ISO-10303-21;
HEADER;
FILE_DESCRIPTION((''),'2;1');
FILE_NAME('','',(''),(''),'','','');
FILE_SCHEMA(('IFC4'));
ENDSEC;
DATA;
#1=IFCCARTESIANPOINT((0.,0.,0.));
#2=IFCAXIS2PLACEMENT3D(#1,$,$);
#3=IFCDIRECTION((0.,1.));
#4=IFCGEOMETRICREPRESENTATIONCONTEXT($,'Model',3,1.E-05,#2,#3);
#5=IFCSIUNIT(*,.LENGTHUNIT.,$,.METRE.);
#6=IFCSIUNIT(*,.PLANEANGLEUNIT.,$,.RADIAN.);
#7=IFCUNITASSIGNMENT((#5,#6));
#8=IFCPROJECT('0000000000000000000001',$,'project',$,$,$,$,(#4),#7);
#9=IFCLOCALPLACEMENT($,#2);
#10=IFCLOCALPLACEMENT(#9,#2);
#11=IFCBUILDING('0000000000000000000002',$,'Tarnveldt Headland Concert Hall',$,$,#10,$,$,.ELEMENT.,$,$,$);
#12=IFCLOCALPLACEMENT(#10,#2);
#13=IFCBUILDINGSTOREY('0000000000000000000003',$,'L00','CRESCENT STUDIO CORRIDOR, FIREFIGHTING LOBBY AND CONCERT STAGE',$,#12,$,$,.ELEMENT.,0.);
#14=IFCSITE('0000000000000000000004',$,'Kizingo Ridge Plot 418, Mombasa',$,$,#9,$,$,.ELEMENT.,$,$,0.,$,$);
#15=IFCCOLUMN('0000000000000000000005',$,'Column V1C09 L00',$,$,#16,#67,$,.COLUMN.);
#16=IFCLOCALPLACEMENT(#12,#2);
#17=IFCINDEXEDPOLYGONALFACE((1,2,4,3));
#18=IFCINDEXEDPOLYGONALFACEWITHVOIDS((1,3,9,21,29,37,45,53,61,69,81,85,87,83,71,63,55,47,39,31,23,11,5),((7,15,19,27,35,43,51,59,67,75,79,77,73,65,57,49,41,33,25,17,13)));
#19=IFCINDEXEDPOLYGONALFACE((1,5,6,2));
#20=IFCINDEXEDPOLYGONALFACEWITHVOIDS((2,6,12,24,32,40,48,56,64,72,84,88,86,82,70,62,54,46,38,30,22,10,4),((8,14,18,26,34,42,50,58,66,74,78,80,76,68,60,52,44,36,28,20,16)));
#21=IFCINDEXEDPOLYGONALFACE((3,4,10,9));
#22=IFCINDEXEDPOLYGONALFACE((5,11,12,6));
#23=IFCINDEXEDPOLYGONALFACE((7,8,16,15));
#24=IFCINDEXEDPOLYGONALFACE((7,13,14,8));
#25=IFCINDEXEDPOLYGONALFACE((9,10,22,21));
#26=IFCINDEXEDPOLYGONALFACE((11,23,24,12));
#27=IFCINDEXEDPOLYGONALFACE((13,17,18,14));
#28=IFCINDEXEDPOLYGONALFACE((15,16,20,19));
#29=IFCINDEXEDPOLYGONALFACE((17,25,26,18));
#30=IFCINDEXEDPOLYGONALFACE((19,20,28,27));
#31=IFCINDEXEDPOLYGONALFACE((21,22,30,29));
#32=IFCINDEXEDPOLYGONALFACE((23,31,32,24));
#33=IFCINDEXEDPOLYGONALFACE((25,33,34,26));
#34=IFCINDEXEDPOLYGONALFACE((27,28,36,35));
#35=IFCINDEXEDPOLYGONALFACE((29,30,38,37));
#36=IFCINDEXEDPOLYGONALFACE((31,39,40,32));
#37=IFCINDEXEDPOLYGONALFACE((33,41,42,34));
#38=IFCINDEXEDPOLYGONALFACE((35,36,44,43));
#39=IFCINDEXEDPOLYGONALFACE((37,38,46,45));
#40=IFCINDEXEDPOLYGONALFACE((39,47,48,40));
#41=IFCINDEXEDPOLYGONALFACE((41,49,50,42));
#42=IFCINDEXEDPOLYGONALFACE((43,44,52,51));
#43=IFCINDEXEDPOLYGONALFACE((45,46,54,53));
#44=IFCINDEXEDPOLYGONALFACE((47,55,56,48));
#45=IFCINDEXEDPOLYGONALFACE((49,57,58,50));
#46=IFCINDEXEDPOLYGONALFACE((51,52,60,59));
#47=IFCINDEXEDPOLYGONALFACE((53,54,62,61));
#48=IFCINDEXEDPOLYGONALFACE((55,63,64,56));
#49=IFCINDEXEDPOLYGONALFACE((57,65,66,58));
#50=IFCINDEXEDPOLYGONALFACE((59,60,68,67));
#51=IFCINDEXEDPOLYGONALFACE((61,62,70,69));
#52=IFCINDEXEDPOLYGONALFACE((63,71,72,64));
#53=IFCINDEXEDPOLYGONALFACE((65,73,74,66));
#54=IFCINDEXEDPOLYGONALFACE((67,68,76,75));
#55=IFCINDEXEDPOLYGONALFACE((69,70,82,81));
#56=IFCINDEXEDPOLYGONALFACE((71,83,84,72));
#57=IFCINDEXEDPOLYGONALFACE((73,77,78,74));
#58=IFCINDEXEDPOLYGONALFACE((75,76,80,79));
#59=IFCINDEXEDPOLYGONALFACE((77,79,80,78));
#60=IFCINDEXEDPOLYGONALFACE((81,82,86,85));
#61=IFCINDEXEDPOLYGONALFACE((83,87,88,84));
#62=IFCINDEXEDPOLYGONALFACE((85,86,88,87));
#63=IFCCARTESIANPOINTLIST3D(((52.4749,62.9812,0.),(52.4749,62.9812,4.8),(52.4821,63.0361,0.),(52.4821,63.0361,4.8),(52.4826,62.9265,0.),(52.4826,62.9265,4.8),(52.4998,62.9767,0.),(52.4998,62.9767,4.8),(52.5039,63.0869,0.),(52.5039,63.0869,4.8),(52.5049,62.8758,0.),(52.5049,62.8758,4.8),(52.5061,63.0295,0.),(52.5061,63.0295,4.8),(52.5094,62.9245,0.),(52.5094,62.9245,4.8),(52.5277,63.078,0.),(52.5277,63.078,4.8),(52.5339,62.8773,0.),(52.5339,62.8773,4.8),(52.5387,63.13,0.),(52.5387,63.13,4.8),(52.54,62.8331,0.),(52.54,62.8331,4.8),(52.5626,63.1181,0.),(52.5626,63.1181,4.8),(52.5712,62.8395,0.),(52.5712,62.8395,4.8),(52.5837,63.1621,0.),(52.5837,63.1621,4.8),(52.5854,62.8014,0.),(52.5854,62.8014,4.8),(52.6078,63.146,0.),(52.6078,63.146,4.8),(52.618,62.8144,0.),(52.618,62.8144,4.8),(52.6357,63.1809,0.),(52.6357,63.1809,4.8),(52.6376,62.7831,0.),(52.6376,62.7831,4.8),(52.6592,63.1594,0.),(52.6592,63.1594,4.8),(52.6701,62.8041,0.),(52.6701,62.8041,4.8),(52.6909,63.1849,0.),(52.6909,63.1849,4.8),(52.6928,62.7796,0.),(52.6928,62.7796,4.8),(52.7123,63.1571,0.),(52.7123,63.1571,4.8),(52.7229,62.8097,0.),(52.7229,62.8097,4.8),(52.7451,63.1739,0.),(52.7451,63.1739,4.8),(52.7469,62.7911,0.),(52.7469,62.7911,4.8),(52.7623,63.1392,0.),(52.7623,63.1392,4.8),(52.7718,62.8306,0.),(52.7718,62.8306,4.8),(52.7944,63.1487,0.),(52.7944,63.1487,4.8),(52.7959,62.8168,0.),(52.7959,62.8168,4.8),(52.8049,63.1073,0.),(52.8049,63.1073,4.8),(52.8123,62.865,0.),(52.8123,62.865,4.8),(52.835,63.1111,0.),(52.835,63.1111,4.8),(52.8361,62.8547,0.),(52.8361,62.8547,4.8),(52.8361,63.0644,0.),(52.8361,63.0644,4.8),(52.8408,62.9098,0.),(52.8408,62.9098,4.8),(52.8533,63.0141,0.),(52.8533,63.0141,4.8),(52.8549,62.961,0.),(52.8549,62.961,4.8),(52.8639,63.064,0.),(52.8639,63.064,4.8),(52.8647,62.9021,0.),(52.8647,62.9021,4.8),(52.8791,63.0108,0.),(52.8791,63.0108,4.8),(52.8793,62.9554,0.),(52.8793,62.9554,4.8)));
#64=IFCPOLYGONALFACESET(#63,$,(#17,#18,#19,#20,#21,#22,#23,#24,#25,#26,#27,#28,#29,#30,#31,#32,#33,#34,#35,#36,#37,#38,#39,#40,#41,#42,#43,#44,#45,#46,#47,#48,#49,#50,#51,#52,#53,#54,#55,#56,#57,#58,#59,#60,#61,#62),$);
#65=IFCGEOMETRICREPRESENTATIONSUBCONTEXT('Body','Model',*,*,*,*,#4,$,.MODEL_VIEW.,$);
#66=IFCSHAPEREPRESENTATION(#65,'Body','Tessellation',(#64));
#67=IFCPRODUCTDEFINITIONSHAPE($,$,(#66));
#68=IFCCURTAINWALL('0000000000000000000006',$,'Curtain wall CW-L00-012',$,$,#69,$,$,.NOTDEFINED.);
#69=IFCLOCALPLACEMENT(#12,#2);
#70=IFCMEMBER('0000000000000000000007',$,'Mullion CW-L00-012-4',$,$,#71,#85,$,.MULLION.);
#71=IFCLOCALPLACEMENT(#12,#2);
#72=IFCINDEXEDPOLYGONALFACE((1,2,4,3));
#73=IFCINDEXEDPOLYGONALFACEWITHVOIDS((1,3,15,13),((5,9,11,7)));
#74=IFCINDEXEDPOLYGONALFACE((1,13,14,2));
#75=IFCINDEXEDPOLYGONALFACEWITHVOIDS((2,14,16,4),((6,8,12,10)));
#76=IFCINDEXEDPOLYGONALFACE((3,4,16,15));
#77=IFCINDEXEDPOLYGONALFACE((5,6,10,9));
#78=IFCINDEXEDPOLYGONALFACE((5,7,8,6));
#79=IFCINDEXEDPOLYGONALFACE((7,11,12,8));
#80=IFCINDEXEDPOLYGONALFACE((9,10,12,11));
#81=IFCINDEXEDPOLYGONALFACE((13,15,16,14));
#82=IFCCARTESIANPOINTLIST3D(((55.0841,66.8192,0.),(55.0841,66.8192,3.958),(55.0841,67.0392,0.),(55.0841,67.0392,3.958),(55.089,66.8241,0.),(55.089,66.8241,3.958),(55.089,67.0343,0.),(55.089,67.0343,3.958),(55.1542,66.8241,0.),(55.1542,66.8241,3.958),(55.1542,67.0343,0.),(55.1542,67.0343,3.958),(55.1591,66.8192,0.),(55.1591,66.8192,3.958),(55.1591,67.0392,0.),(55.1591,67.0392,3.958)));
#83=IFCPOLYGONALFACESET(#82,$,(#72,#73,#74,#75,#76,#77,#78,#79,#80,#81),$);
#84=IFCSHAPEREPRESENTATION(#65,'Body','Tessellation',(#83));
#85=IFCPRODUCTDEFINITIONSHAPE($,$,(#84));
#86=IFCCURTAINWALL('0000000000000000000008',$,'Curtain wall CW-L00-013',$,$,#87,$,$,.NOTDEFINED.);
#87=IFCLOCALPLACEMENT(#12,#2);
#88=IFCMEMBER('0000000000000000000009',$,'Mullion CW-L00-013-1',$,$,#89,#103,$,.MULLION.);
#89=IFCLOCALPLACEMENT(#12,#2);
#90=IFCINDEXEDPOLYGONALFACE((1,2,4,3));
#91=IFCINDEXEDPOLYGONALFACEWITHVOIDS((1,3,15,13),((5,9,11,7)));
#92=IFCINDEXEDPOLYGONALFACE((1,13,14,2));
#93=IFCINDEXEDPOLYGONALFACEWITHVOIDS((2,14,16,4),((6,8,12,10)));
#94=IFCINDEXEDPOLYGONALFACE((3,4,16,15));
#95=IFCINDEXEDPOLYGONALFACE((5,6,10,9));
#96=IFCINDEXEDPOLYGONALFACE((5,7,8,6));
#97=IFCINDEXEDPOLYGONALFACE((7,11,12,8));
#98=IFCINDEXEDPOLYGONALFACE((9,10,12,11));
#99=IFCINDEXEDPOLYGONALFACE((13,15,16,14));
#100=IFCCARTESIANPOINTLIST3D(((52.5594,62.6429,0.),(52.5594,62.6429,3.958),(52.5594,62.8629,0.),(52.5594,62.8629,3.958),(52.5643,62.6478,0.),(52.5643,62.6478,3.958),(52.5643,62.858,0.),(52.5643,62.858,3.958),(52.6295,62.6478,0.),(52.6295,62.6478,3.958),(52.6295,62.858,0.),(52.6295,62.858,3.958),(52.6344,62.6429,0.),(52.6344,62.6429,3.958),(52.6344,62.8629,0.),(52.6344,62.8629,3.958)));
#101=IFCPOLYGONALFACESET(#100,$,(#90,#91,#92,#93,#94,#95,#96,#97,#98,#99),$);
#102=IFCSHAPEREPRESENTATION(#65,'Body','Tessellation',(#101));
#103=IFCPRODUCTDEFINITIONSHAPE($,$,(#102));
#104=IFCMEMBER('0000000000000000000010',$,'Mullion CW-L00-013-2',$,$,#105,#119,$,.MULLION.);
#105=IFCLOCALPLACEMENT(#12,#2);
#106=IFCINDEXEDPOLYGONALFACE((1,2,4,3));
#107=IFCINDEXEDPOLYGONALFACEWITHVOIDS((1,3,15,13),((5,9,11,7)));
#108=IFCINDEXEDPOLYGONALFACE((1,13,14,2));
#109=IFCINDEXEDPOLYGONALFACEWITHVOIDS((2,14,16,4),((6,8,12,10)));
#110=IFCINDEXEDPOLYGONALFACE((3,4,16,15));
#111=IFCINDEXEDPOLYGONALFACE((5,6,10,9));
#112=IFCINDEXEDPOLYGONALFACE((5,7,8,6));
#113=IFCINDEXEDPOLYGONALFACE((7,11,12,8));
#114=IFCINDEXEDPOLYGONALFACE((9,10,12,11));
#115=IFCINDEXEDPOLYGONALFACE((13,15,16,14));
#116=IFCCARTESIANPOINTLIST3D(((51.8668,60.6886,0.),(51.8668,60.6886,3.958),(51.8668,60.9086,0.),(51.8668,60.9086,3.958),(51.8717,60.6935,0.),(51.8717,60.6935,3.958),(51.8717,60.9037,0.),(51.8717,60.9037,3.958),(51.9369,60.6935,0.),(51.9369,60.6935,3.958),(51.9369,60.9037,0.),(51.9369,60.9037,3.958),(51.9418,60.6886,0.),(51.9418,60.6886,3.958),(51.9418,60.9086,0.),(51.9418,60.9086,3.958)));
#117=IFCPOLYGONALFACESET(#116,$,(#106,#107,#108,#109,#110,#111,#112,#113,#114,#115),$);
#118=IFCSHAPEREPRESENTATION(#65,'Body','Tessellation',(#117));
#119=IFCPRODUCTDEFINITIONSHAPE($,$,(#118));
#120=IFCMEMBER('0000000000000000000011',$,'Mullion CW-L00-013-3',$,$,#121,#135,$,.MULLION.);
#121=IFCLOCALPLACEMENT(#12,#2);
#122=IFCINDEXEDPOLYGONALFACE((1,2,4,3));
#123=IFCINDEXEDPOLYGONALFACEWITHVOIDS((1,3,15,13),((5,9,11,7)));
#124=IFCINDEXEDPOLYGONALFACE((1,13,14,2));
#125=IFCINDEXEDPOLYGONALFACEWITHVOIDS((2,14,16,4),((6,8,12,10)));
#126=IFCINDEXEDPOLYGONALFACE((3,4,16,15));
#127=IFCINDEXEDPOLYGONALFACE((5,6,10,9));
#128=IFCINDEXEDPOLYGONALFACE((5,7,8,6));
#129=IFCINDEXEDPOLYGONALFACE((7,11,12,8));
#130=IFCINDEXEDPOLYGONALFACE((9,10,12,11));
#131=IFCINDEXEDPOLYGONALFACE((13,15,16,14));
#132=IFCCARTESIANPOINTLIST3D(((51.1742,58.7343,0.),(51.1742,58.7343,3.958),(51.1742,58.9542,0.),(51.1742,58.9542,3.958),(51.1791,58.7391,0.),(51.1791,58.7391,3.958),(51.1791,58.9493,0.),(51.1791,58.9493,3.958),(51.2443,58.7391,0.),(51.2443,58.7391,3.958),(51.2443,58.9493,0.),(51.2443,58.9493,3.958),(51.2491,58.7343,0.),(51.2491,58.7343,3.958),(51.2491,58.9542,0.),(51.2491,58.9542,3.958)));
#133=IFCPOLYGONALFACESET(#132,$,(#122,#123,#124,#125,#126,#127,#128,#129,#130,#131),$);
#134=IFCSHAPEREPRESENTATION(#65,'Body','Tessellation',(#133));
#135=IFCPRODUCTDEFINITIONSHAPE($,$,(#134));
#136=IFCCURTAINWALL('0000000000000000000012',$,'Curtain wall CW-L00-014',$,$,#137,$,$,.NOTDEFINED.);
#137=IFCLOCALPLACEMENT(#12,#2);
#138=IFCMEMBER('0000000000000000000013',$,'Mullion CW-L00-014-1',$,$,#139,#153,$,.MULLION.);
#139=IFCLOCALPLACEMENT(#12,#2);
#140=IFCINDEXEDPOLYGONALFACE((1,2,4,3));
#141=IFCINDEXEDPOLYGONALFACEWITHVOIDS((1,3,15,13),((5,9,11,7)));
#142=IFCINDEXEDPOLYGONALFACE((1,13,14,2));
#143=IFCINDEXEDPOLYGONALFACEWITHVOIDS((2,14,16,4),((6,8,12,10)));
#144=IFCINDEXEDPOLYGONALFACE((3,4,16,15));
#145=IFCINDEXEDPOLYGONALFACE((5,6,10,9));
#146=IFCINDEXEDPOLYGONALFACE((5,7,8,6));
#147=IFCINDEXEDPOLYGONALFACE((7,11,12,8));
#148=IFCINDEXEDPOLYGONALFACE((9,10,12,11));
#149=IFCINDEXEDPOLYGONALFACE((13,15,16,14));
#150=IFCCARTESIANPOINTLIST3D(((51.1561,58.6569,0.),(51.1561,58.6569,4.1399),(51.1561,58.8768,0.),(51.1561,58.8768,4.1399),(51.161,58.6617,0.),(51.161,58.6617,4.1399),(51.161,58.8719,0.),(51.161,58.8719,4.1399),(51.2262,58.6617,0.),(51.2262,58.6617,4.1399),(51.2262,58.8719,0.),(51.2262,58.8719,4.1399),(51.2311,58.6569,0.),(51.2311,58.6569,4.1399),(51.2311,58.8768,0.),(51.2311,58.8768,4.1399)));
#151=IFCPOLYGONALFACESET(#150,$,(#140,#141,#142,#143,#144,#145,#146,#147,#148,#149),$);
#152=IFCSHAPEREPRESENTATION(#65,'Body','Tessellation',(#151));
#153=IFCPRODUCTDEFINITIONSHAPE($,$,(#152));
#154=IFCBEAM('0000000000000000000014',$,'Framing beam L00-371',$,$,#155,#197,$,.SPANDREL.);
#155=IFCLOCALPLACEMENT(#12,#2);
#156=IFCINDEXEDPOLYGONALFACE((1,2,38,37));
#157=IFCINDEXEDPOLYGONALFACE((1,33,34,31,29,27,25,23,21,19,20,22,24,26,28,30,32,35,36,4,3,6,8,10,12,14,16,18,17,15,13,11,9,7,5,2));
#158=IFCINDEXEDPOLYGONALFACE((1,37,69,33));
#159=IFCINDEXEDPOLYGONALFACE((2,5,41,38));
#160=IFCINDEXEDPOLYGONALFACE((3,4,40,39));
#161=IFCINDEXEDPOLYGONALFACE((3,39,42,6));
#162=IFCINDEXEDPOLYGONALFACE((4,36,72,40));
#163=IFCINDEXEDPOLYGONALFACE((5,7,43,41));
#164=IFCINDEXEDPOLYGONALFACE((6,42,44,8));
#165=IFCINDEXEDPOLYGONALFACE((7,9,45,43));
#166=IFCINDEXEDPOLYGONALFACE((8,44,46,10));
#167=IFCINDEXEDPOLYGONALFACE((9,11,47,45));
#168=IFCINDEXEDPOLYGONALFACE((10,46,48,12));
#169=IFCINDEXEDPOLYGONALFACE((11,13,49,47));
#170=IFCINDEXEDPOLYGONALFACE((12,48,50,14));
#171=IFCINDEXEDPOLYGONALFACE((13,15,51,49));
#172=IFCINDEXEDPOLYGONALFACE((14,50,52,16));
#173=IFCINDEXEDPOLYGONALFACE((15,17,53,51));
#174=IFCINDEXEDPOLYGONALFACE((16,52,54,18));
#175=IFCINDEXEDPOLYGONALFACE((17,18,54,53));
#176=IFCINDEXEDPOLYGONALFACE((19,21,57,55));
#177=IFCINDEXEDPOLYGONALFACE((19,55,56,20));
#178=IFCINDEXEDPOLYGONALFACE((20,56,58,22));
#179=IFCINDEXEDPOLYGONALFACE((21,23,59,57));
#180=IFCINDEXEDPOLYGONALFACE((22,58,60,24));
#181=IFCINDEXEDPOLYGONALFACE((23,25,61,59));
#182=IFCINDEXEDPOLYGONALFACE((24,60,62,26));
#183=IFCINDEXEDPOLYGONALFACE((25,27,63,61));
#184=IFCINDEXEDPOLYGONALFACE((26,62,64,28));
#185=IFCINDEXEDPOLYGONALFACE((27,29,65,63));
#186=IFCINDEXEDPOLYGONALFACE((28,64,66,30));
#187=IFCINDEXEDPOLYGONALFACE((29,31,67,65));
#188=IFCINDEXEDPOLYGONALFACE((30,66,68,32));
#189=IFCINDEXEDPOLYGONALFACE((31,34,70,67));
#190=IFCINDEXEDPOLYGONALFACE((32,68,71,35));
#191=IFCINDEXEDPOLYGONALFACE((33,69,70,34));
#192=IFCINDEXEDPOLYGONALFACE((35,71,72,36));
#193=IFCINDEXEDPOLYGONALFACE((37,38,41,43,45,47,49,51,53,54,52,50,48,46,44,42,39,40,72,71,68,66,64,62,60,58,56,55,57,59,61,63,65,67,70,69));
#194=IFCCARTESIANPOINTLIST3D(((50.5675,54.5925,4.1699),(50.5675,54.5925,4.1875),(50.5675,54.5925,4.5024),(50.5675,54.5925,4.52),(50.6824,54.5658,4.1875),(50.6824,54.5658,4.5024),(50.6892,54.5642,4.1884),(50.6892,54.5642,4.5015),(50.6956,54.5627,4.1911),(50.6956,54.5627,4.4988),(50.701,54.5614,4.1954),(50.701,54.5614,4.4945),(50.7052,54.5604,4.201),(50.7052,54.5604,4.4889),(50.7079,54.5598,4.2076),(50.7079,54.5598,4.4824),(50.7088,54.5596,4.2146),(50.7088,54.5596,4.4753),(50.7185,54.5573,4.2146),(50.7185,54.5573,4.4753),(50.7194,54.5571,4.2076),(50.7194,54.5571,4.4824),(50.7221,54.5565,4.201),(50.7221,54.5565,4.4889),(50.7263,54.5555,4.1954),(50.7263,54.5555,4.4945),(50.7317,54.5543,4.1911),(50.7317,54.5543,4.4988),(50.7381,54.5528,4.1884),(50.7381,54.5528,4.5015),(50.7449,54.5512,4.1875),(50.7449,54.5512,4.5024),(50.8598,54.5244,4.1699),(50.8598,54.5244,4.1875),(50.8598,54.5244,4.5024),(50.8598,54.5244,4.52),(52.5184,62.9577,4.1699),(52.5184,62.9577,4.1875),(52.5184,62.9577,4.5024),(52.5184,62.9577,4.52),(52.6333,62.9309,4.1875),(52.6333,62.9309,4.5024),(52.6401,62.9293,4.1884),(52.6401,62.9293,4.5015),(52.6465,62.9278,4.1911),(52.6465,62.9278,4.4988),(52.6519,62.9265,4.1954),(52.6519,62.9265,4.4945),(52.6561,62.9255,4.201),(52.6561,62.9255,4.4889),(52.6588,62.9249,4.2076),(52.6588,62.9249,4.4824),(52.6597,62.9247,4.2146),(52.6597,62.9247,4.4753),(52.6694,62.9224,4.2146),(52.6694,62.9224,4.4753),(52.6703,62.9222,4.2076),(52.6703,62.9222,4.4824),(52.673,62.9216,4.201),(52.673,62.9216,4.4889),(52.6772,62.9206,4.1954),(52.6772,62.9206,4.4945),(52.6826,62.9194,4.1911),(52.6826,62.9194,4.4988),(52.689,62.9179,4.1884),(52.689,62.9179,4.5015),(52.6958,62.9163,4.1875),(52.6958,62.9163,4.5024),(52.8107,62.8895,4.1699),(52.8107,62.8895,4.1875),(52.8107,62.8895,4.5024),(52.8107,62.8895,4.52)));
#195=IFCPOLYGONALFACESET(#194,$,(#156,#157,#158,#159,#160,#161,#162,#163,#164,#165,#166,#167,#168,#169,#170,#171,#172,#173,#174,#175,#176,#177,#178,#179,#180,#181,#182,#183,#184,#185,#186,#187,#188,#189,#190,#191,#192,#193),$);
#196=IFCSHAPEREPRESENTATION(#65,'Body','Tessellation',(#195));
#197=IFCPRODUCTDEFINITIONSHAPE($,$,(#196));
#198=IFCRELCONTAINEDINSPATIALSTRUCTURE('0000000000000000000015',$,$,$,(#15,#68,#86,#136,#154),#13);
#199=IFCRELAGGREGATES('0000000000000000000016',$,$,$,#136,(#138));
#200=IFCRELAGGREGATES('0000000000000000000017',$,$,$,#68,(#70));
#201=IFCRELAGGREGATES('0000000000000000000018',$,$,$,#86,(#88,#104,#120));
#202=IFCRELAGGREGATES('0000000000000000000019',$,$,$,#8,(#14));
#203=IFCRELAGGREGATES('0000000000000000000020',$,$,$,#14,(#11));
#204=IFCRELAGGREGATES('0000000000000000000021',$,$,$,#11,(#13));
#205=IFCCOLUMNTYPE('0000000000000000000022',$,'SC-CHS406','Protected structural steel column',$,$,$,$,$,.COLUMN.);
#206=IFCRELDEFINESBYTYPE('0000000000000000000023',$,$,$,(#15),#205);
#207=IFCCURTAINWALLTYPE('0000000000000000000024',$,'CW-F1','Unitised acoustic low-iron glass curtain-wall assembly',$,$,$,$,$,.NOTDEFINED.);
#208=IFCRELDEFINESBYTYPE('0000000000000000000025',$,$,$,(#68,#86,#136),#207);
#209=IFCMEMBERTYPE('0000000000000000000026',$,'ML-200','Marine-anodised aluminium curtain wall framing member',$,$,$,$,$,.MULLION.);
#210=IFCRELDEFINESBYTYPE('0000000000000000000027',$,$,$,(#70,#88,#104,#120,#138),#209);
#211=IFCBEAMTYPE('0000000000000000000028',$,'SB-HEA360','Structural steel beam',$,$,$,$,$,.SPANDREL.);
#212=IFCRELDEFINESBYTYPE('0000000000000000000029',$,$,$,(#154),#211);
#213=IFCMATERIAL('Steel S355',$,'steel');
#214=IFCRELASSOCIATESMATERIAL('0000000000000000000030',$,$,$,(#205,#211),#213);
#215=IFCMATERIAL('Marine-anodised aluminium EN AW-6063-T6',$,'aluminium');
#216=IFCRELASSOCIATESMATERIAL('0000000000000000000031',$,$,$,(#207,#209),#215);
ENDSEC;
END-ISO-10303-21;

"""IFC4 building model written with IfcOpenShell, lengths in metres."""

from ifc_helpers import new_model, si_unit, direction, frame, origin, origin_2d, place, context, subcontext, project, spatial, hollow_rectangle, hollow_circle, i_section, extrude, material, material_profile, profile_set, type_object, element, aggregate, save


model = new_model("IFC4")

# Units and contexts
model_context = context("Model", 3, precision=1e-05, world=origin(), true_north=direction((0.0, 1.0)))
body_context = subcontext(model_context, "Body", "Model", "MODEL_VIEW")
ifc_project = project(units=[si_unit("LENGTHUNIT", "METRE"), si_unit("PLANEANGLEUNIT", "RADIAN")], contexts=[model_context])

# Site, building, storey
site_placement = place(None, origin())
site = spatial("IfcSite", under=ifc_project, at=site_placement, Name="Kizingo Ridge Plot 418, Mombasa", CompositionType="ELEMENT", RefElevation=0.0)
building_placement = place(site_placement, origin())
building = spatial("IfcBuilding", under=site, at=building_placement, Name="Tarnveldt Headland Concert Hall", CompositionType="ELEMENT")
storey_placement = place(building_placement, origin())
storey = spatial("IfcBuildingStorey", under=building, at=storey_placement, Name="L00", Description="CRESCENT STUDIO CORRIDOR, FIREFIGHTING LOBBY AND CONCERT STAGE", CompositionType="ELEMENT", Elevation=0.0)

# Column
ifc_material_1 = material(Name="Steel S355", Category="steel")
ifc_material_profile_1 = material_profile(ifc_material_1, hollow_circle(Radius=0.2031, WallThickness=0.0249, at=origin_2d()), Name="CHS 406.4x25", Category="steel")
ifc_profile_set_1 = profile_set([ifc_material_profile_1], Name="Steel S355")
column_type = type_object("IfcColumnType", Name="SC-CHS406", Description="Protected structural steel column", PredefinedType="COLUMN", material=ifc_profile_set_1)
column_placement = place(storey_placement, frame((52.678, 62.9822, 0.0), z_axis=(0.0, 0.0, 1.0), x_axis=(-0.964142, 0.265388, 0.0)))
element("IfcColumn", 1, at=column_placement, inside=storey, type_object=column_type, Name="Column V1C09 L00", PredefinedType="COLUMN", context=body_context, shape_type="SweptSolid", body=[
    extrude(hollow_circle(Radius=0.2031, WallThickness=0.0249, at=origin_2d()), origin(), (0.0, 0.0, 1.0), 4.8),
])

# Curtain wall, member
ifc_material_2 = material(Name="Marine-anodised aluminium EN AW-6063-T6", Category="aluminium")
curtain_wall_type = type_object("IfcCurtainWallType", Name="CW-F1", Description="Unitised acoustic low-iron glass curtain-wall assembly", PredefinedType="NOTDEFINED", material=ifc_material_2)
curtain_wall_1_placement = place(storey_placement, origin())
curtain_wall_1 = element("IfcCurtainWall", 2, at=curtain_wall_1_placement, inside=storey, type_object=curtain_wall_type, Name="Curtain wall CW-L00-012", PredefinedType="NOTDEFINED")
ifc_material_profile_2 = material_profile(ifc_material_2, hollow_rectangle(XDim=0.075, YDim=0.22, WallThickness=0.0049, at=origin_2d()), Name="ALU MULLION 75x220x5", Category="aluminium")
ifc_profile_set_2 = profile_set([ifc_material_profile_2], Name="Marine-anodised aluminium EN AW-6063-T6")
member_type_1 = type_object("IfcMemberType", Name="ML-200", Description="Marine-anodised aluminium curtain wall framing member", PredefinedType="MULLION", material=ifc_profile_set_2)
member_1_placement = place(storey_placement, frame((55.1216, 66.9292, 0.0), z_axis=(0.0, 0.0, 1.0), x_axis=(1.0, 0.0, 0.0)))
member_1 = element("IfcMember", 3, at=member_1_placement, type_object=member_type_1, Name="Mullion CW-L00-012-4", PredefinedType="MULLION", context=body_context, shape_type="SweptSolid", body=[
    extrude(hollow_rectangle(XDim=0.075, YDim=0.22, WallThickness=0.0049, at=origin_2d()), origin(), (0.0, 0.0, 1.0), 3.958),
])

# Curtain wall, members
curtain_wall_2_placement = place(storey_placement, origin())
curtain_wall_2 = element("IfcCurtainWall", 4, at=curtain_wall_2_placement, inside=storey, type_object=curtain_wall_type, Name="Curtain wall CW-L00-013", PredefinedType="NOTDEFINED")
member_2_placement = place(storey_placement, frame((52.5969, 62.7529, 0.0), z_axis=(0.0, 0.0, 1.0), x_axis=(1.0, 0.0, 0.0)))
member_2 = element("IfcMember", 5, at=member_2_placement, type_object=member_type_1, Name="Mullion CW-L00-013-1", PredefinedType="MULLION", context=body_context, shape_type="SweptSolid", body=[
    extrude(hollow_rectangle(XDim=0.075, YDim=0.22, WallThickness=0.0049, at=origin_2d()), origin(), (0.0, 0.0, 1.0), 3.958),
])
member_3_placement = place(storey_placement, frame((51.9043, 60.7986, 0.0), z_axis=(0.0, 0.0, 1.0), x_axis=(1.0, 0.0, 0.0)))
member_3 = element("IfcMember", 6, at=member_3_placement, type_object=member_type_1, Name="Mullion CW-L00-013-2", PredefinedType="MULLION", context=body_context, shape_type="SweptSolid", body=[
    extrude(hollow_rectangle(XDim=0.075, YDim=0.22, WallThickness=0.0049, at=origin_2d()), origin(), (0.0, 0.0, 1.0), 3.958),
])
member_4_placement = place(storey_placement, frame((51.2117, 58.8442, 0.0), z_axis=(0.0, 0.0, 1.0), x_axis=(1.0, 0.0, 0.0)))
member_4 = element("IfcMember", 7, at=member_4_placement, type_object=member_type_1, Name="Mullion CW-L00-013-3", PredefinedType="MULLION", context=body_context, shape_type="SweptSolid", body=[
    extrude(hollow_rectangle(XDim=0.075, YDim=0.22, WallThickness=0.0049, at=origin_2d()), origin(), (0.0, 0.0, 1.0), 3.958),
])

# Curtain wall, member
curtain_wall_3_placement = place(storey_placement, origin())
curtain_wall_3 = element("IfcCurtainWall", 8, at=curtain_wall_3_placement, inside=storey, type_object=curtain_wall_type, Name="Curtain wall CW-L00-014", PredefinedType="NOTDEFINED")
member_5_placement = place(storey_placement, frame((51.1936, 58.7668, 0.0), z_axis=(0.0, 0.0, 1.0), x_axis=(1.0, 0.0, 0.0)))
member_5 = element("IfcMember", 9, at=member_5_placement, type_object=member_type_1, Name="Mullion CW-L00-014-1", PredefinedType="MULLION", context=body_context, shape_type="SweptSolid", body=[
    extrude(hollow_rectangle(XDim=0.075, YDim=0.22, WallThickness=0.0049, at=origin_2d()), origin(), (0.0, 0.0, 1.0), 4.1399),
])
aggregate(curtain_wall_3, [member_5])

# Beam
ifc_material_profile_3 = material_profile(ifc_material_1, i_section(OverallWidth=0.3, OverallDepth=0.3501, WebThickness=0.01, FlangeThickness=0.0176, FilletRadius=0.0271, at=origin_2d()), Name="HEA360", Category="steel")
ifc_profile_set_3 = profile_set([ifc_material_profile_3], Name="Steel S355")
beam_type_1 = type_object("IfcBeamType", Name="SB-HEA360", Description="Structural steel beam", PredefinedType="SPANDREL", material=ifc_profile_set_3)
beam_1_placement = place(storey_placement, frame((52.6646, 62.9236, 4.345), z_axis=(-0.227124, -0.973866, 0.0), x_axis=(0.973866, -0.227124, 0.0)))
element("IfcBeam", 10, at=beam_1_placement, inside=storey, type_object=beam_type_1, Name="Framing beam L00-371", PredefinedType="SPANDREL", context=body_context, shape_type="SweptSolid", body=[
    extrude(i_section(OverallWidth=0.3, OverallDepth=0.3501, WebThickness=0.01, FlangeThickness=0.0176, FilletRadius=0.0271, at=origin_2d()), origin(), (0.0, 0.0, 1.0), 8.5896),
])

aggregate(curtain_wall_1, [member_1])
aggregate(curtain_wall_2, [member_2, member_3, member_4])

save(model, "model.ifc")
